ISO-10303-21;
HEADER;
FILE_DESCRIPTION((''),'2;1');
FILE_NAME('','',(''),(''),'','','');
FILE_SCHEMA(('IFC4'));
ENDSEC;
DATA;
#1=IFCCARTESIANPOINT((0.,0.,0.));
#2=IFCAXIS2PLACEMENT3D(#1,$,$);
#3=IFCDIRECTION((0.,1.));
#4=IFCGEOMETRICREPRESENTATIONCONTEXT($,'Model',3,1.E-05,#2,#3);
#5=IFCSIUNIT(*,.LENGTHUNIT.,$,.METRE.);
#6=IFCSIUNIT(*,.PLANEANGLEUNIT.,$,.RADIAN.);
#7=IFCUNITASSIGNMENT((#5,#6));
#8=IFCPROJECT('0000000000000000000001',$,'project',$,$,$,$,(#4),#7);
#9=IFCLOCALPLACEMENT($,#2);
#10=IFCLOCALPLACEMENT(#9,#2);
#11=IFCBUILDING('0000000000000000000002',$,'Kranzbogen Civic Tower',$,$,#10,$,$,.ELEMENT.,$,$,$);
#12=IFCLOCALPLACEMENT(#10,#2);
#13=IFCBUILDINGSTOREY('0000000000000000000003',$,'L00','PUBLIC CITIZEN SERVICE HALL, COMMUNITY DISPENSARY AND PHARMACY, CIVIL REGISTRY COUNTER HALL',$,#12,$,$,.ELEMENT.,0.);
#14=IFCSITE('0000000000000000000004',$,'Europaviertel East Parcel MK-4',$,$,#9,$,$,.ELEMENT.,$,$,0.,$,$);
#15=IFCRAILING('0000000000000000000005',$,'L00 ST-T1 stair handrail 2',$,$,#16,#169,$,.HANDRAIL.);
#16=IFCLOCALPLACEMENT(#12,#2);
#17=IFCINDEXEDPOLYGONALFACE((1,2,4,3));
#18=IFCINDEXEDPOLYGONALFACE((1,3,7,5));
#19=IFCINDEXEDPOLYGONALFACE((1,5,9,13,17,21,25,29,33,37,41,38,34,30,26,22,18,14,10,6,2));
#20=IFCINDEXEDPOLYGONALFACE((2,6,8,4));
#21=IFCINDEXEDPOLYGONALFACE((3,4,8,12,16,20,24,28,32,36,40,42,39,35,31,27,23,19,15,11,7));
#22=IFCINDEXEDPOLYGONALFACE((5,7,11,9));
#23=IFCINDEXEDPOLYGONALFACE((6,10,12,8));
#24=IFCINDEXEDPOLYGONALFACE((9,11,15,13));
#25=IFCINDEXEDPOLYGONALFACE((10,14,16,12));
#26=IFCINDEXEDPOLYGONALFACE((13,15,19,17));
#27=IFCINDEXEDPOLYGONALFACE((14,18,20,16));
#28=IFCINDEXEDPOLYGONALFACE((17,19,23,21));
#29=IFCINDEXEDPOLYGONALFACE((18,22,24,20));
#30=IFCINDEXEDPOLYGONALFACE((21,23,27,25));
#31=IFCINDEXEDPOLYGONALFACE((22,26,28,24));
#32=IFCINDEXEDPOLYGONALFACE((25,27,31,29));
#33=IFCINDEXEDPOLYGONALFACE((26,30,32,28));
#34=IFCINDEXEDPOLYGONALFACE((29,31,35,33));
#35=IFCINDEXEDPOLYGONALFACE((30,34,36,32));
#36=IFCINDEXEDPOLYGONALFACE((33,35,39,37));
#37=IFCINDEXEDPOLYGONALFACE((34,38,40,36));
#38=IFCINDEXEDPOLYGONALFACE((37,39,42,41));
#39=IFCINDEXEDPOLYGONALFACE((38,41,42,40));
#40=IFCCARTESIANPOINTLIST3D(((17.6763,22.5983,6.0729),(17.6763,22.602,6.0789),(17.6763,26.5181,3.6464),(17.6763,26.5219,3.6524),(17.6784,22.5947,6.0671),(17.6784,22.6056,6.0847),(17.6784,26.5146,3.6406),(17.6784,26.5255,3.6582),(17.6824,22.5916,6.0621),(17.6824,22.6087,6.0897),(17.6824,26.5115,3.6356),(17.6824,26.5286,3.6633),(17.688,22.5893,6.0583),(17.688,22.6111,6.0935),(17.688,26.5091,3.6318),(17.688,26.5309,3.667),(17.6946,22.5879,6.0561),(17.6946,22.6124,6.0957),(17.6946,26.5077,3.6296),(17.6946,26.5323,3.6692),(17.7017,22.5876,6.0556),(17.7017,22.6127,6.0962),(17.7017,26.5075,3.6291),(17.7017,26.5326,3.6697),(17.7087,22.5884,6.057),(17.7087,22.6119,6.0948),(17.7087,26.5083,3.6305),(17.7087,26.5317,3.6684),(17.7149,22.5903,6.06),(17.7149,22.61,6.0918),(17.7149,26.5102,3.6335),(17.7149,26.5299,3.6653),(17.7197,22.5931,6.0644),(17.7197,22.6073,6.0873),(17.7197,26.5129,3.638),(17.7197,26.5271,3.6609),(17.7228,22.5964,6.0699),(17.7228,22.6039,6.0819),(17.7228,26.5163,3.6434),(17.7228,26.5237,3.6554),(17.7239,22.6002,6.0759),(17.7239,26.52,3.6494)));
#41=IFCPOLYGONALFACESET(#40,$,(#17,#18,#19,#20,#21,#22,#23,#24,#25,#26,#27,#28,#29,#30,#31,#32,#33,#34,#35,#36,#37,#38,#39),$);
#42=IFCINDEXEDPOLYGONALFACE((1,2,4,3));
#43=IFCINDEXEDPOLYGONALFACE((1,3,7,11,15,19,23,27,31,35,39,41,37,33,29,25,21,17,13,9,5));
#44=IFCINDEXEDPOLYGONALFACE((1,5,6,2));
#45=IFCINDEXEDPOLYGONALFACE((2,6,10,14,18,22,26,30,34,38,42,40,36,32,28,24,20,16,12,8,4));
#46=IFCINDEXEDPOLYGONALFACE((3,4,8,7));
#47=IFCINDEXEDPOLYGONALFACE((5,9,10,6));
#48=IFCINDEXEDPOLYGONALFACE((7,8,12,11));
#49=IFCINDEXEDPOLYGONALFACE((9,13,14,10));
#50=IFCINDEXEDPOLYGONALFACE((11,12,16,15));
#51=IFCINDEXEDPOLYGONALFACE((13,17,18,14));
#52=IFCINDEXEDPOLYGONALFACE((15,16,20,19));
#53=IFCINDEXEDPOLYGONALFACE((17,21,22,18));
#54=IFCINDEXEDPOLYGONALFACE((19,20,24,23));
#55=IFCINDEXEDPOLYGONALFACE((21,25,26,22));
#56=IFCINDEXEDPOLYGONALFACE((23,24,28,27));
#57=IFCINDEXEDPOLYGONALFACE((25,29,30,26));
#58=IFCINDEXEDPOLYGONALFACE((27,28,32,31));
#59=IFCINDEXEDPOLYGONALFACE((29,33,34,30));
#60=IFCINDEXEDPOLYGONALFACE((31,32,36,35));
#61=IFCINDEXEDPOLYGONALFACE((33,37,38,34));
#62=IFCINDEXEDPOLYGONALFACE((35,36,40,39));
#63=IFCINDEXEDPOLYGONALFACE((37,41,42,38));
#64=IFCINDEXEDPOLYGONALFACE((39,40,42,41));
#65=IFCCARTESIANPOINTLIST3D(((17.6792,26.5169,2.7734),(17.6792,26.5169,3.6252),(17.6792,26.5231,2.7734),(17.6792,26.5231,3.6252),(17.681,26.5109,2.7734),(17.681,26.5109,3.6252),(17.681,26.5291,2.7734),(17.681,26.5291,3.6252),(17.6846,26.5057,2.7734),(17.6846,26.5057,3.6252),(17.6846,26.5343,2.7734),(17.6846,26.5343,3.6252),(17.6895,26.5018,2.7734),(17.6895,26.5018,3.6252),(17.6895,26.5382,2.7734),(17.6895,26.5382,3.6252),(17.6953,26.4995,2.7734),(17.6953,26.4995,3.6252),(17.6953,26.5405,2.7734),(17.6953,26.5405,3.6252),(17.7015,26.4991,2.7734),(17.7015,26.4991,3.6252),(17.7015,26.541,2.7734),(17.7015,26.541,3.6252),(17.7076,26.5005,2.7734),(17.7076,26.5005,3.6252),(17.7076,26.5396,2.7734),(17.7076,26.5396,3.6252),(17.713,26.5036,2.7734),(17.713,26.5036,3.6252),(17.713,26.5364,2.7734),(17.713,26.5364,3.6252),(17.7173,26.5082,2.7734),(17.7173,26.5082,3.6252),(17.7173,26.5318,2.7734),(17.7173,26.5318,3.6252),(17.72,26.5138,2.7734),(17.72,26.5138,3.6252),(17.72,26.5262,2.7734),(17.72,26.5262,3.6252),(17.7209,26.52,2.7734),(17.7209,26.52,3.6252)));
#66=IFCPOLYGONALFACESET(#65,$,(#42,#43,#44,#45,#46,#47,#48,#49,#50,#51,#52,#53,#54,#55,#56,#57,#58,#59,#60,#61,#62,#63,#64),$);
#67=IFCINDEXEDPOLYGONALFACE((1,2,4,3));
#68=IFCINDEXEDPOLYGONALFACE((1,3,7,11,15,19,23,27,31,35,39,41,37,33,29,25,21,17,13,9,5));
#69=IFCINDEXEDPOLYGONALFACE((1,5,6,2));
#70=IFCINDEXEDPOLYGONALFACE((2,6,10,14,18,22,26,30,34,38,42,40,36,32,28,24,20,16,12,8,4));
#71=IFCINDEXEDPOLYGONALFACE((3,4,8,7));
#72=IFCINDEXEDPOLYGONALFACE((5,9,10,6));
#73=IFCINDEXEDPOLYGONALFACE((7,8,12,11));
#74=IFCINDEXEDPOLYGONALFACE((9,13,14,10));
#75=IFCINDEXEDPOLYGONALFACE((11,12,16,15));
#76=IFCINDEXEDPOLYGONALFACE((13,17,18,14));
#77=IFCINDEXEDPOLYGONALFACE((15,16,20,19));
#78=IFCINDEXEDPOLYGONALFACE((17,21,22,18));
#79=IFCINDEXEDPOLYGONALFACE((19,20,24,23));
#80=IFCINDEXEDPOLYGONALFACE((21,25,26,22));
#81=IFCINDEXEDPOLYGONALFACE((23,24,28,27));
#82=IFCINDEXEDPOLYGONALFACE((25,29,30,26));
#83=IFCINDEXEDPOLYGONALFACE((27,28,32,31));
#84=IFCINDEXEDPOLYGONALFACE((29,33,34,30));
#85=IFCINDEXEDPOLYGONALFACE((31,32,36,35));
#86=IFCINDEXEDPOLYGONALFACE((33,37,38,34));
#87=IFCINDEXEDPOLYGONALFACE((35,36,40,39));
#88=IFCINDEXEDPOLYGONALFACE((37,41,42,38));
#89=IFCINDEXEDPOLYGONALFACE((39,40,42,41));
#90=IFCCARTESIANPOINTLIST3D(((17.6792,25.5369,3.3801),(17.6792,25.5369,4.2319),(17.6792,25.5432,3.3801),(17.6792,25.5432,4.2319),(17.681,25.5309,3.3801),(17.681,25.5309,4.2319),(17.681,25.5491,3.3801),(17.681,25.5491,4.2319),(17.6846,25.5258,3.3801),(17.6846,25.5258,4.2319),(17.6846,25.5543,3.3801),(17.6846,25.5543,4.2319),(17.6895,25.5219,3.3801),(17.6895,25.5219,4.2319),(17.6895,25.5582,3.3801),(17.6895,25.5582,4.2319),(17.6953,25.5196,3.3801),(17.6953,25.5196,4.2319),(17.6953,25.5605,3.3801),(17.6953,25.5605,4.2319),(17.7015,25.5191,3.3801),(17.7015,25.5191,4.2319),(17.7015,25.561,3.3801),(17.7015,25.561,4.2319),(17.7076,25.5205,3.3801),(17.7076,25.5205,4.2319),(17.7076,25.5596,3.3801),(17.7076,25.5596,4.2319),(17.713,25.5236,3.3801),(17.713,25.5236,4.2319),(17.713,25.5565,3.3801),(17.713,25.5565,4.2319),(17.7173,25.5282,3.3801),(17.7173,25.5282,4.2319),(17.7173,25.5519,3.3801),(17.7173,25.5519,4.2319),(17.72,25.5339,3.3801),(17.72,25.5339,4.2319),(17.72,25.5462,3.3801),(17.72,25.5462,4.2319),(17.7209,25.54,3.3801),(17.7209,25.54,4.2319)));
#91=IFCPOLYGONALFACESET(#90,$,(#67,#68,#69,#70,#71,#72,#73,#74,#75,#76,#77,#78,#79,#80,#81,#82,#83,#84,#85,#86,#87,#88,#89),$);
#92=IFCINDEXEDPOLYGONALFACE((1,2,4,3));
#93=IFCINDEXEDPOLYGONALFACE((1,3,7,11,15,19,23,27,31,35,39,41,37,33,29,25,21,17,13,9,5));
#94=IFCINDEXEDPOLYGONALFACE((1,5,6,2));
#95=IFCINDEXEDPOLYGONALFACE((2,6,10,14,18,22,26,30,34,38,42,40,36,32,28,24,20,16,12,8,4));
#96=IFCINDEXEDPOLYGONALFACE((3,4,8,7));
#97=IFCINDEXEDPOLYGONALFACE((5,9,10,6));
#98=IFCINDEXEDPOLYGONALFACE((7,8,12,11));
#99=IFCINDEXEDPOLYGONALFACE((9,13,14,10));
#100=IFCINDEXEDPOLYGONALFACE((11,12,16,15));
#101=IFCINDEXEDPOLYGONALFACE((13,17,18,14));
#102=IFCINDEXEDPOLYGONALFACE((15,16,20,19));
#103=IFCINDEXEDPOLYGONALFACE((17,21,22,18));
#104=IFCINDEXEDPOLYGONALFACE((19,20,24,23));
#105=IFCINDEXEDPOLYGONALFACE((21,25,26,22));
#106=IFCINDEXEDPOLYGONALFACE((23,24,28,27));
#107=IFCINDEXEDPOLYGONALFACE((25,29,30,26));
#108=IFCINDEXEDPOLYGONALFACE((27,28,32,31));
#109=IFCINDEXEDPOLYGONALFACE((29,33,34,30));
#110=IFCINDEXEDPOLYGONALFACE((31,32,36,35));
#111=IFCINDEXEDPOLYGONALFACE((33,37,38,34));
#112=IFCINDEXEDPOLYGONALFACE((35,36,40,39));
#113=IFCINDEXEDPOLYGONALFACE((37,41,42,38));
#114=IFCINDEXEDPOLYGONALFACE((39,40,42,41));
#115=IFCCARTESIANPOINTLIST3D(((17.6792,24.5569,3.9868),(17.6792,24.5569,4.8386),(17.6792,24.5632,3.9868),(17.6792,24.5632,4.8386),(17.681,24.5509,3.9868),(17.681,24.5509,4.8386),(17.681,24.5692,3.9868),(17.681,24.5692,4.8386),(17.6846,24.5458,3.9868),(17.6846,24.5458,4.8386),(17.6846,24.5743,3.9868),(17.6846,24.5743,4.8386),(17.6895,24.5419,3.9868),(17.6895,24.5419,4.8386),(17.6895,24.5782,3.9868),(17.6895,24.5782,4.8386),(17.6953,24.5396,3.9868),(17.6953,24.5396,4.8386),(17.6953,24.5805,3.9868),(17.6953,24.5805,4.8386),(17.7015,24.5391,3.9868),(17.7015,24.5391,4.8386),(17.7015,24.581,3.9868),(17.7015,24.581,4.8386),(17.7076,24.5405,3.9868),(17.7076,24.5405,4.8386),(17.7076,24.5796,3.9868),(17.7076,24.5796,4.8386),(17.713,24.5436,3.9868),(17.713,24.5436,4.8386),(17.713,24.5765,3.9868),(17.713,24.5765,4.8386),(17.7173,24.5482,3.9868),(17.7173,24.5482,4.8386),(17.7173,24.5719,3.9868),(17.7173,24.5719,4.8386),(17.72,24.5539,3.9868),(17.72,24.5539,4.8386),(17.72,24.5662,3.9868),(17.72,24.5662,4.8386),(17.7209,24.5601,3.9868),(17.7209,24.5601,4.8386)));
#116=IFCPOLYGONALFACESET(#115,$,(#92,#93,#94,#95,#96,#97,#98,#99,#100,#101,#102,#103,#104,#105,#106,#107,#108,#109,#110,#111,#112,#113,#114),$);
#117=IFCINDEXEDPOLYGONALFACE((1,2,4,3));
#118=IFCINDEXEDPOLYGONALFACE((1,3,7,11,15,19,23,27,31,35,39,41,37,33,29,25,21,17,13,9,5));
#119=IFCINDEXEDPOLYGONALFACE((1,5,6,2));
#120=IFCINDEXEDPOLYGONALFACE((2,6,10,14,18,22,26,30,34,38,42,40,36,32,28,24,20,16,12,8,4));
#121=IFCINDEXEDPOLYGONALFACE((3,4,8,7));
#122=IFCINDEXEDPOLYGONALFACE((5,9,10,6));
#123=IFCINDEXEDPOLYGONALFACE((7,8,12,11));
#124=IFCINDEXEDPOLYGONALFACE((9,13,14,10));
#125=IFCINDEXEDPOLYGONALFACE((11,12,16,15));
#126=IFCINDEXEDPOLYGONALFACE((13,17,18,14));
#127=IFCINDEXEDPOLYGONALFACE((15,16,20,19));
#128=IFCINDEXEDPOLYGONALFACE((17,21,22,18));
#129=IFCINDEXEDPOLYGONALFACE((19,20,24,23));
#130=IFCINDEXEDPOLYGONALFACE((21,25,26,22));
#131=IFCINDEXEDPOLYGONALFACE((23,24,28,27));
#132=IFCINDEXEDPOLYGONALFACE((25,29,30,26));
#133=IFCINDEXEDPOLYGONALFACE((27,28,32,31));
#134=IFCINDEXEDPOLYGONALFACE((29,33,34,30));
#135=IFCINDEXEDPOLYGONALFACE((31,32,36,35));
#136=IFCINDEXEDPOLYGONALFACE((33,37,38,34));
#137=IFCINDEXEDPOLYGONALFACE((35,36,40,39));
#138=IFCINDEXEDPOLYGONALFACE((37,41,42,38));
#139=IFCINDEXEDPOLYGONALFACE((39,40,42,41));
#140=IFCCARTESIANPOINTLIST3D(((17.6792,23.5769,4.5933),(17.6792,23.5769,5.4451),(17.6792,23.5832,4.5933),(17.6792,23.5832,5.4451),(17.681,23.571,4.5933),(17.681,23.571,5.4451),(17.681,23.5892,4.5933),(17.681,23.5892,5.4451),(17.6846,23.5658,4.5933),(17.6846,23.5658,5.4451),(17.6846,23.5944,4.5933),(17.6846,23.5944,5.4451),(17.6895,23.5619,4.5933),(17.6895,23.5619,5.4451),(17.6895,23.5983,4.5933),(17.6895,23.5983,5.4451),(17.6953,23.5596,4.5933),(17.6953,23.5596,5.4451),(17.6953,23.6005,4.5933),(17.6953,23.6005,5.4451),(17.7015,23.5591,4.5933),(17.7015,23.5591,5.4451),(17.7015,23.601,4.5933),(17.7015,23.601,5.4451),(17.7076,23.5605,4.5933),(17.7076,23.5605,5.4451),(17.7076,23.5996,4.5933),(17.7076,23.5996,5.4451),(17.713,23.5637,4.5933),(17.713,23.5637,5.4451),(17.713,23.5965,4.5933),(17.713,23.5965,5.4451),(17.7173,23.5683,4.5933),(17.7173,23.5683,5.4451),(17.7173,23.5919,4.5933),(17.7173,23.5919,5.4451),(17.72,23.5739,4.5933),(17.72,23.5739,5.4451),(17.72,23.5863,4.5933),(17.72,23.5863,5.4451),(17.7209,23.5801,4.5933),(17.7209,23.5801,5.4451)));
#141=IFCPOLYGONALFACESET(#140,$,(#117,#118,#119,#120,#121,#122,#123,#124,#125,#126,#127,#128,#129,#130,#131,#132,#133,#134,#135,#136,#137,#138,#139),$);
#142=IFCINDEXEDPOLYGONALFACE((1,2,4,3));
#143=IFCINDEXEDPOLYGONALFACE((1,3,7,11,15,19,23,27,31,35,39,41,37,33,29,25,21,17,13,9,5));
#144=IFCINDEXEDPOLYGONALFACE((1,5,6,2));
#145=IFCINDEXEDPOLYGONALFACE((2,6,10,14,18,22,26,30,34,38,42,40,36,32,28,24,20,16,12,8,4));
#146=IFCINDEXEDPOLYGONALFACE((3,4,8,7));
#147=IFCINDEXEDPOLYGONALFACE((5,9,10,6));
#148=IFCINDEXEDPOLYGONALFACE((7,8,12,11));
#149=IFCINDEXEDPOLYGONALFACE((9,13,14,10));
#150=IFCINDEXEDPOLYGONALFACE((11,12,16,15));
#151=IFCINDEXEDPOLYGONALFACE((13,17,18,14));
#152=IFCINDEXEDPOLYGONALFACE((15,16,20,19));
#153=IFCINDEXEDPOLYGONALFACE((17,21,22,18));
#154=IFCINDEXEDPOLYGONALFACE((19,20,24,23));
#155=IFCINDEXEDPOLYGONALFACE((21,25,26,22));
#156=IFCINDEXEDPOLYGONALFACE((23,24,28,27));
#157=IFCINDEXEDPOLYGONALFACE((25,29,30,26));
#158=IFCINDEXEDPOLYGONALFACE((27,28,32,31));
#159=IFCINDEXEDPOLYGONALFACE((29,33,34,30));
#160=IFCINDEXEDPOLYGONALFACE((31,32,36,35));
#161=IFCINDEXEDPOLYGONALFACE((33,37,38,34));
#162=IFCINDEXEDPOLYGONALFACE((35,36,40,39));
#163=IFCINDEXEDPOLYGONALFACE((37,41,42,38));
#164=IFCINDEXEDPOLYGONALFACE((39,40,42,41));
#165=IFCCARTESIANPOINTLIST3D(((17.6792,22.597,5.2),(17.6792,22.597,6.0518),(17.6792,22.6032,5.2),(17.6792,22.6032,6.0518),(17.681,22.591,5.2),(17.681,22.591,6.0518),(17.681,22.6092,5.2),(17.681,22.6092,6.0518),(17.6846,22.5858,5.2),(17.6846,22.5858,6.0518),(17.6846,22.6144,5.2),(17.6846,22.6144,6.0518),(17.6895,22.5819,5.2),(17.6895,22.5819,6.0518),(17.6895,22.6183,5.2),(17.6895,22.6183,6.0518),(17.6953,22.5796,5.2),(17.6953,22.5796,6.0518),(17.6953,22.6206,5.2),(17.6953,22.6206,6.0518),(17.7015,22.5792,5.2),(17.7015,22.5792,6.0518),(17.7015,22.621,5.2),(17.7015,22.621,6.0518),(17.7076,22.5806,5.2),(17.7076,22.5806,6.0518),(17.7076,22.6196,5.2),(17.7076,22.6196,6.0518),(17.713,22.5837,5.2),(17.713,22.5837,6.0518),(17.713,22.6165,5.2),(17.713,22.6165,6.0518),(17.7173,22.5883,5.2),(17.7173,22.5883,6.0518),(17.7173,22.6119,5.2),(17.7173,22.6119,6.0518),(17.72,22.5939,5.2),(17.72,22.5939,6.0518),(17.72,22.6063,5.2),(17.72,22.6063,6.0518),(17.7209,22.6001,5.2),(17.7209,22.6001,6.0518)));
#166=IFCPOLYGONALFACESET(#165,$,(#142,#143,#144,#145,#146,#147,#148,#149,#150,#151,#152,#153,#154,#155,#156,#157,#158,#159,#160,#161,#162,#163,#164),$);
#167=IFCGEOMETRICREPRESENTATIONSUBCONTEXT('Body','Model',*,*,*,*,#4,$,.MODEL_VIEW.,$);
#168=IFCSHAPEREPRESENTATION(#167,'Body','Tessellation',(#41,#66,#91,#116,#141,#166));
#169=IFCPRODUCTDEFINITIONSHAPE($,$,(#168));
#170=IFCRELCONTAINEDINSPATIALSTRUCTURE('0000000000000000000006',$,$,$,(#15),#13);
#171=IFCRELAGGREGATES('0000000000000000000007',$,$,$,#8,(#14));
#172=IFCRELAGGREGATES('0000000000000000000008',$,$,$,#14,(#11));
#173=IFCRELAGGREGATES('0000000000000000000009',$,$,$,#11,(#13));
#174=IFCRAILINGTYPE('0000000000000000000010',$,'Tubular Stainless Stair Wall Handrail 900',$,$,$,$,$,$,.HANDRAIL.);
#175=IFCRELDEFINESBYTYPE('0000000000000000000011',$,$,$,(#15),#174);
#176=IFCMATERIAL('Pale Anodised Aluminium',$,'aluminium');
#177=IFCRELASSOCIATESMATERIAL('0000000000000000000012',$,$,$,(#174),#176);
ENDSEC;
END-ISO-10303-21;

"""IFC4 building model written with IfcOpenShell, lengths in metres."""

from ifc_helpers import new_model, si_unit, direction, frame, origin, origin_2d, place, context, subcontext, project, spatial, circle, extrude, material, type_object, element, save


model = new_model("IFC4")

# Units and contexts
model_context = context("Model", 3, precision=1e-05, world=origin(), true_north=direction((0.0, 1.0)))
body_context = subcontext(model_context, "Body", "Model", "MODEL_VIEW")
ifc_project = project(units=[si_unit("LENGTHUNIT", "METRE"), si_unit("PLANEANGLEUNIT", "RADIAN")], contexts=[model_context])

# Site, building, storey
site_placement = place(None, origin())
site = spatial("IfcSite", under=ifc_project, at=site_placement, Name="Europaviertel East Parcel MK-4", CompositionType="ELEMENT", RefElevation=0.0)
building_placement = place(site_placement, origin())
building = spatial("IfcBuilding", under=site, at=building_placement, Name="Kranzbogen Civic Tower", CompositionType="ELEMENT")
storey_placement = place(building_placement, origin())
storey = spatial("IfcBuildingStorey", under=building, at=storey_placement, Name="L00", Description="PUBLIC CITIZEN SERVICE HALL, COMMUNITY DISPENSARY AND PHARMACY, CIVIL REGISTRY COUNTER HALL", CompositionType="ELEMENT", Elevation=0.0)

# Railing
ifc_material_1 = material(Name="Pale Anodised Aluminium", Category="aluminium")
railing_type_1 = type_object("IfcRailingType", Name="Tubular Stainless Stair Wall Handrail 900", PredefinedType="HANDRAIL", material=ifc_material_1)
for number, where, name in (
    (1, (17.7, 26.52, 2.7734), "L00 ST-T1 stair handrail 2"),
):
    element("IfcRailing", number, at=place(storey_placement, frame(where)), inside=storey, type_object=railing_type_1, Name=name, PredefinedType="HANDRAIL", context=body_context, shape_type="SweptSolid", body=[
        extrude(circle(Radius=0.0239, at=origin_2d()), frame((0.0, 0.0, 0.876), z_axis=(0.0, -0.850275, 0.526338), x_axis=(1.0, 0.0, 0.0)), (0.0, 0.0, 1.0), 4.6101),
        extrude(circle(Radius=0.021, at=origin_2d()), origin(), (0.0, 0.0, 1.0), 0.8518),
        extrude(circle(Radius=0.021, at=origin_2d()), frame((0.0, -0.98, 0.6067)), (0.0, 0.0, 1.0), 0.8518),
        extrude(circle(Radius=0.021, at=origin_2d()), frame((0.0, -1.96, 1.2134)), (0.0, 0.0, 1.0), 0.8518),
        extrude(circle(Radius=0.021, at=origin_2d()), frame((0.0, -2.9399, 1.8198)), (0.0, 0.0, 1.0), 0.8518),
        extrude(circle(Radius=0.021, at=origin_2d()), frame((0.0, -3.9199, 2.4265)), (0.0, 0.0, 1.0), 0.8518),
    ])

save(model, "model.ifc")
